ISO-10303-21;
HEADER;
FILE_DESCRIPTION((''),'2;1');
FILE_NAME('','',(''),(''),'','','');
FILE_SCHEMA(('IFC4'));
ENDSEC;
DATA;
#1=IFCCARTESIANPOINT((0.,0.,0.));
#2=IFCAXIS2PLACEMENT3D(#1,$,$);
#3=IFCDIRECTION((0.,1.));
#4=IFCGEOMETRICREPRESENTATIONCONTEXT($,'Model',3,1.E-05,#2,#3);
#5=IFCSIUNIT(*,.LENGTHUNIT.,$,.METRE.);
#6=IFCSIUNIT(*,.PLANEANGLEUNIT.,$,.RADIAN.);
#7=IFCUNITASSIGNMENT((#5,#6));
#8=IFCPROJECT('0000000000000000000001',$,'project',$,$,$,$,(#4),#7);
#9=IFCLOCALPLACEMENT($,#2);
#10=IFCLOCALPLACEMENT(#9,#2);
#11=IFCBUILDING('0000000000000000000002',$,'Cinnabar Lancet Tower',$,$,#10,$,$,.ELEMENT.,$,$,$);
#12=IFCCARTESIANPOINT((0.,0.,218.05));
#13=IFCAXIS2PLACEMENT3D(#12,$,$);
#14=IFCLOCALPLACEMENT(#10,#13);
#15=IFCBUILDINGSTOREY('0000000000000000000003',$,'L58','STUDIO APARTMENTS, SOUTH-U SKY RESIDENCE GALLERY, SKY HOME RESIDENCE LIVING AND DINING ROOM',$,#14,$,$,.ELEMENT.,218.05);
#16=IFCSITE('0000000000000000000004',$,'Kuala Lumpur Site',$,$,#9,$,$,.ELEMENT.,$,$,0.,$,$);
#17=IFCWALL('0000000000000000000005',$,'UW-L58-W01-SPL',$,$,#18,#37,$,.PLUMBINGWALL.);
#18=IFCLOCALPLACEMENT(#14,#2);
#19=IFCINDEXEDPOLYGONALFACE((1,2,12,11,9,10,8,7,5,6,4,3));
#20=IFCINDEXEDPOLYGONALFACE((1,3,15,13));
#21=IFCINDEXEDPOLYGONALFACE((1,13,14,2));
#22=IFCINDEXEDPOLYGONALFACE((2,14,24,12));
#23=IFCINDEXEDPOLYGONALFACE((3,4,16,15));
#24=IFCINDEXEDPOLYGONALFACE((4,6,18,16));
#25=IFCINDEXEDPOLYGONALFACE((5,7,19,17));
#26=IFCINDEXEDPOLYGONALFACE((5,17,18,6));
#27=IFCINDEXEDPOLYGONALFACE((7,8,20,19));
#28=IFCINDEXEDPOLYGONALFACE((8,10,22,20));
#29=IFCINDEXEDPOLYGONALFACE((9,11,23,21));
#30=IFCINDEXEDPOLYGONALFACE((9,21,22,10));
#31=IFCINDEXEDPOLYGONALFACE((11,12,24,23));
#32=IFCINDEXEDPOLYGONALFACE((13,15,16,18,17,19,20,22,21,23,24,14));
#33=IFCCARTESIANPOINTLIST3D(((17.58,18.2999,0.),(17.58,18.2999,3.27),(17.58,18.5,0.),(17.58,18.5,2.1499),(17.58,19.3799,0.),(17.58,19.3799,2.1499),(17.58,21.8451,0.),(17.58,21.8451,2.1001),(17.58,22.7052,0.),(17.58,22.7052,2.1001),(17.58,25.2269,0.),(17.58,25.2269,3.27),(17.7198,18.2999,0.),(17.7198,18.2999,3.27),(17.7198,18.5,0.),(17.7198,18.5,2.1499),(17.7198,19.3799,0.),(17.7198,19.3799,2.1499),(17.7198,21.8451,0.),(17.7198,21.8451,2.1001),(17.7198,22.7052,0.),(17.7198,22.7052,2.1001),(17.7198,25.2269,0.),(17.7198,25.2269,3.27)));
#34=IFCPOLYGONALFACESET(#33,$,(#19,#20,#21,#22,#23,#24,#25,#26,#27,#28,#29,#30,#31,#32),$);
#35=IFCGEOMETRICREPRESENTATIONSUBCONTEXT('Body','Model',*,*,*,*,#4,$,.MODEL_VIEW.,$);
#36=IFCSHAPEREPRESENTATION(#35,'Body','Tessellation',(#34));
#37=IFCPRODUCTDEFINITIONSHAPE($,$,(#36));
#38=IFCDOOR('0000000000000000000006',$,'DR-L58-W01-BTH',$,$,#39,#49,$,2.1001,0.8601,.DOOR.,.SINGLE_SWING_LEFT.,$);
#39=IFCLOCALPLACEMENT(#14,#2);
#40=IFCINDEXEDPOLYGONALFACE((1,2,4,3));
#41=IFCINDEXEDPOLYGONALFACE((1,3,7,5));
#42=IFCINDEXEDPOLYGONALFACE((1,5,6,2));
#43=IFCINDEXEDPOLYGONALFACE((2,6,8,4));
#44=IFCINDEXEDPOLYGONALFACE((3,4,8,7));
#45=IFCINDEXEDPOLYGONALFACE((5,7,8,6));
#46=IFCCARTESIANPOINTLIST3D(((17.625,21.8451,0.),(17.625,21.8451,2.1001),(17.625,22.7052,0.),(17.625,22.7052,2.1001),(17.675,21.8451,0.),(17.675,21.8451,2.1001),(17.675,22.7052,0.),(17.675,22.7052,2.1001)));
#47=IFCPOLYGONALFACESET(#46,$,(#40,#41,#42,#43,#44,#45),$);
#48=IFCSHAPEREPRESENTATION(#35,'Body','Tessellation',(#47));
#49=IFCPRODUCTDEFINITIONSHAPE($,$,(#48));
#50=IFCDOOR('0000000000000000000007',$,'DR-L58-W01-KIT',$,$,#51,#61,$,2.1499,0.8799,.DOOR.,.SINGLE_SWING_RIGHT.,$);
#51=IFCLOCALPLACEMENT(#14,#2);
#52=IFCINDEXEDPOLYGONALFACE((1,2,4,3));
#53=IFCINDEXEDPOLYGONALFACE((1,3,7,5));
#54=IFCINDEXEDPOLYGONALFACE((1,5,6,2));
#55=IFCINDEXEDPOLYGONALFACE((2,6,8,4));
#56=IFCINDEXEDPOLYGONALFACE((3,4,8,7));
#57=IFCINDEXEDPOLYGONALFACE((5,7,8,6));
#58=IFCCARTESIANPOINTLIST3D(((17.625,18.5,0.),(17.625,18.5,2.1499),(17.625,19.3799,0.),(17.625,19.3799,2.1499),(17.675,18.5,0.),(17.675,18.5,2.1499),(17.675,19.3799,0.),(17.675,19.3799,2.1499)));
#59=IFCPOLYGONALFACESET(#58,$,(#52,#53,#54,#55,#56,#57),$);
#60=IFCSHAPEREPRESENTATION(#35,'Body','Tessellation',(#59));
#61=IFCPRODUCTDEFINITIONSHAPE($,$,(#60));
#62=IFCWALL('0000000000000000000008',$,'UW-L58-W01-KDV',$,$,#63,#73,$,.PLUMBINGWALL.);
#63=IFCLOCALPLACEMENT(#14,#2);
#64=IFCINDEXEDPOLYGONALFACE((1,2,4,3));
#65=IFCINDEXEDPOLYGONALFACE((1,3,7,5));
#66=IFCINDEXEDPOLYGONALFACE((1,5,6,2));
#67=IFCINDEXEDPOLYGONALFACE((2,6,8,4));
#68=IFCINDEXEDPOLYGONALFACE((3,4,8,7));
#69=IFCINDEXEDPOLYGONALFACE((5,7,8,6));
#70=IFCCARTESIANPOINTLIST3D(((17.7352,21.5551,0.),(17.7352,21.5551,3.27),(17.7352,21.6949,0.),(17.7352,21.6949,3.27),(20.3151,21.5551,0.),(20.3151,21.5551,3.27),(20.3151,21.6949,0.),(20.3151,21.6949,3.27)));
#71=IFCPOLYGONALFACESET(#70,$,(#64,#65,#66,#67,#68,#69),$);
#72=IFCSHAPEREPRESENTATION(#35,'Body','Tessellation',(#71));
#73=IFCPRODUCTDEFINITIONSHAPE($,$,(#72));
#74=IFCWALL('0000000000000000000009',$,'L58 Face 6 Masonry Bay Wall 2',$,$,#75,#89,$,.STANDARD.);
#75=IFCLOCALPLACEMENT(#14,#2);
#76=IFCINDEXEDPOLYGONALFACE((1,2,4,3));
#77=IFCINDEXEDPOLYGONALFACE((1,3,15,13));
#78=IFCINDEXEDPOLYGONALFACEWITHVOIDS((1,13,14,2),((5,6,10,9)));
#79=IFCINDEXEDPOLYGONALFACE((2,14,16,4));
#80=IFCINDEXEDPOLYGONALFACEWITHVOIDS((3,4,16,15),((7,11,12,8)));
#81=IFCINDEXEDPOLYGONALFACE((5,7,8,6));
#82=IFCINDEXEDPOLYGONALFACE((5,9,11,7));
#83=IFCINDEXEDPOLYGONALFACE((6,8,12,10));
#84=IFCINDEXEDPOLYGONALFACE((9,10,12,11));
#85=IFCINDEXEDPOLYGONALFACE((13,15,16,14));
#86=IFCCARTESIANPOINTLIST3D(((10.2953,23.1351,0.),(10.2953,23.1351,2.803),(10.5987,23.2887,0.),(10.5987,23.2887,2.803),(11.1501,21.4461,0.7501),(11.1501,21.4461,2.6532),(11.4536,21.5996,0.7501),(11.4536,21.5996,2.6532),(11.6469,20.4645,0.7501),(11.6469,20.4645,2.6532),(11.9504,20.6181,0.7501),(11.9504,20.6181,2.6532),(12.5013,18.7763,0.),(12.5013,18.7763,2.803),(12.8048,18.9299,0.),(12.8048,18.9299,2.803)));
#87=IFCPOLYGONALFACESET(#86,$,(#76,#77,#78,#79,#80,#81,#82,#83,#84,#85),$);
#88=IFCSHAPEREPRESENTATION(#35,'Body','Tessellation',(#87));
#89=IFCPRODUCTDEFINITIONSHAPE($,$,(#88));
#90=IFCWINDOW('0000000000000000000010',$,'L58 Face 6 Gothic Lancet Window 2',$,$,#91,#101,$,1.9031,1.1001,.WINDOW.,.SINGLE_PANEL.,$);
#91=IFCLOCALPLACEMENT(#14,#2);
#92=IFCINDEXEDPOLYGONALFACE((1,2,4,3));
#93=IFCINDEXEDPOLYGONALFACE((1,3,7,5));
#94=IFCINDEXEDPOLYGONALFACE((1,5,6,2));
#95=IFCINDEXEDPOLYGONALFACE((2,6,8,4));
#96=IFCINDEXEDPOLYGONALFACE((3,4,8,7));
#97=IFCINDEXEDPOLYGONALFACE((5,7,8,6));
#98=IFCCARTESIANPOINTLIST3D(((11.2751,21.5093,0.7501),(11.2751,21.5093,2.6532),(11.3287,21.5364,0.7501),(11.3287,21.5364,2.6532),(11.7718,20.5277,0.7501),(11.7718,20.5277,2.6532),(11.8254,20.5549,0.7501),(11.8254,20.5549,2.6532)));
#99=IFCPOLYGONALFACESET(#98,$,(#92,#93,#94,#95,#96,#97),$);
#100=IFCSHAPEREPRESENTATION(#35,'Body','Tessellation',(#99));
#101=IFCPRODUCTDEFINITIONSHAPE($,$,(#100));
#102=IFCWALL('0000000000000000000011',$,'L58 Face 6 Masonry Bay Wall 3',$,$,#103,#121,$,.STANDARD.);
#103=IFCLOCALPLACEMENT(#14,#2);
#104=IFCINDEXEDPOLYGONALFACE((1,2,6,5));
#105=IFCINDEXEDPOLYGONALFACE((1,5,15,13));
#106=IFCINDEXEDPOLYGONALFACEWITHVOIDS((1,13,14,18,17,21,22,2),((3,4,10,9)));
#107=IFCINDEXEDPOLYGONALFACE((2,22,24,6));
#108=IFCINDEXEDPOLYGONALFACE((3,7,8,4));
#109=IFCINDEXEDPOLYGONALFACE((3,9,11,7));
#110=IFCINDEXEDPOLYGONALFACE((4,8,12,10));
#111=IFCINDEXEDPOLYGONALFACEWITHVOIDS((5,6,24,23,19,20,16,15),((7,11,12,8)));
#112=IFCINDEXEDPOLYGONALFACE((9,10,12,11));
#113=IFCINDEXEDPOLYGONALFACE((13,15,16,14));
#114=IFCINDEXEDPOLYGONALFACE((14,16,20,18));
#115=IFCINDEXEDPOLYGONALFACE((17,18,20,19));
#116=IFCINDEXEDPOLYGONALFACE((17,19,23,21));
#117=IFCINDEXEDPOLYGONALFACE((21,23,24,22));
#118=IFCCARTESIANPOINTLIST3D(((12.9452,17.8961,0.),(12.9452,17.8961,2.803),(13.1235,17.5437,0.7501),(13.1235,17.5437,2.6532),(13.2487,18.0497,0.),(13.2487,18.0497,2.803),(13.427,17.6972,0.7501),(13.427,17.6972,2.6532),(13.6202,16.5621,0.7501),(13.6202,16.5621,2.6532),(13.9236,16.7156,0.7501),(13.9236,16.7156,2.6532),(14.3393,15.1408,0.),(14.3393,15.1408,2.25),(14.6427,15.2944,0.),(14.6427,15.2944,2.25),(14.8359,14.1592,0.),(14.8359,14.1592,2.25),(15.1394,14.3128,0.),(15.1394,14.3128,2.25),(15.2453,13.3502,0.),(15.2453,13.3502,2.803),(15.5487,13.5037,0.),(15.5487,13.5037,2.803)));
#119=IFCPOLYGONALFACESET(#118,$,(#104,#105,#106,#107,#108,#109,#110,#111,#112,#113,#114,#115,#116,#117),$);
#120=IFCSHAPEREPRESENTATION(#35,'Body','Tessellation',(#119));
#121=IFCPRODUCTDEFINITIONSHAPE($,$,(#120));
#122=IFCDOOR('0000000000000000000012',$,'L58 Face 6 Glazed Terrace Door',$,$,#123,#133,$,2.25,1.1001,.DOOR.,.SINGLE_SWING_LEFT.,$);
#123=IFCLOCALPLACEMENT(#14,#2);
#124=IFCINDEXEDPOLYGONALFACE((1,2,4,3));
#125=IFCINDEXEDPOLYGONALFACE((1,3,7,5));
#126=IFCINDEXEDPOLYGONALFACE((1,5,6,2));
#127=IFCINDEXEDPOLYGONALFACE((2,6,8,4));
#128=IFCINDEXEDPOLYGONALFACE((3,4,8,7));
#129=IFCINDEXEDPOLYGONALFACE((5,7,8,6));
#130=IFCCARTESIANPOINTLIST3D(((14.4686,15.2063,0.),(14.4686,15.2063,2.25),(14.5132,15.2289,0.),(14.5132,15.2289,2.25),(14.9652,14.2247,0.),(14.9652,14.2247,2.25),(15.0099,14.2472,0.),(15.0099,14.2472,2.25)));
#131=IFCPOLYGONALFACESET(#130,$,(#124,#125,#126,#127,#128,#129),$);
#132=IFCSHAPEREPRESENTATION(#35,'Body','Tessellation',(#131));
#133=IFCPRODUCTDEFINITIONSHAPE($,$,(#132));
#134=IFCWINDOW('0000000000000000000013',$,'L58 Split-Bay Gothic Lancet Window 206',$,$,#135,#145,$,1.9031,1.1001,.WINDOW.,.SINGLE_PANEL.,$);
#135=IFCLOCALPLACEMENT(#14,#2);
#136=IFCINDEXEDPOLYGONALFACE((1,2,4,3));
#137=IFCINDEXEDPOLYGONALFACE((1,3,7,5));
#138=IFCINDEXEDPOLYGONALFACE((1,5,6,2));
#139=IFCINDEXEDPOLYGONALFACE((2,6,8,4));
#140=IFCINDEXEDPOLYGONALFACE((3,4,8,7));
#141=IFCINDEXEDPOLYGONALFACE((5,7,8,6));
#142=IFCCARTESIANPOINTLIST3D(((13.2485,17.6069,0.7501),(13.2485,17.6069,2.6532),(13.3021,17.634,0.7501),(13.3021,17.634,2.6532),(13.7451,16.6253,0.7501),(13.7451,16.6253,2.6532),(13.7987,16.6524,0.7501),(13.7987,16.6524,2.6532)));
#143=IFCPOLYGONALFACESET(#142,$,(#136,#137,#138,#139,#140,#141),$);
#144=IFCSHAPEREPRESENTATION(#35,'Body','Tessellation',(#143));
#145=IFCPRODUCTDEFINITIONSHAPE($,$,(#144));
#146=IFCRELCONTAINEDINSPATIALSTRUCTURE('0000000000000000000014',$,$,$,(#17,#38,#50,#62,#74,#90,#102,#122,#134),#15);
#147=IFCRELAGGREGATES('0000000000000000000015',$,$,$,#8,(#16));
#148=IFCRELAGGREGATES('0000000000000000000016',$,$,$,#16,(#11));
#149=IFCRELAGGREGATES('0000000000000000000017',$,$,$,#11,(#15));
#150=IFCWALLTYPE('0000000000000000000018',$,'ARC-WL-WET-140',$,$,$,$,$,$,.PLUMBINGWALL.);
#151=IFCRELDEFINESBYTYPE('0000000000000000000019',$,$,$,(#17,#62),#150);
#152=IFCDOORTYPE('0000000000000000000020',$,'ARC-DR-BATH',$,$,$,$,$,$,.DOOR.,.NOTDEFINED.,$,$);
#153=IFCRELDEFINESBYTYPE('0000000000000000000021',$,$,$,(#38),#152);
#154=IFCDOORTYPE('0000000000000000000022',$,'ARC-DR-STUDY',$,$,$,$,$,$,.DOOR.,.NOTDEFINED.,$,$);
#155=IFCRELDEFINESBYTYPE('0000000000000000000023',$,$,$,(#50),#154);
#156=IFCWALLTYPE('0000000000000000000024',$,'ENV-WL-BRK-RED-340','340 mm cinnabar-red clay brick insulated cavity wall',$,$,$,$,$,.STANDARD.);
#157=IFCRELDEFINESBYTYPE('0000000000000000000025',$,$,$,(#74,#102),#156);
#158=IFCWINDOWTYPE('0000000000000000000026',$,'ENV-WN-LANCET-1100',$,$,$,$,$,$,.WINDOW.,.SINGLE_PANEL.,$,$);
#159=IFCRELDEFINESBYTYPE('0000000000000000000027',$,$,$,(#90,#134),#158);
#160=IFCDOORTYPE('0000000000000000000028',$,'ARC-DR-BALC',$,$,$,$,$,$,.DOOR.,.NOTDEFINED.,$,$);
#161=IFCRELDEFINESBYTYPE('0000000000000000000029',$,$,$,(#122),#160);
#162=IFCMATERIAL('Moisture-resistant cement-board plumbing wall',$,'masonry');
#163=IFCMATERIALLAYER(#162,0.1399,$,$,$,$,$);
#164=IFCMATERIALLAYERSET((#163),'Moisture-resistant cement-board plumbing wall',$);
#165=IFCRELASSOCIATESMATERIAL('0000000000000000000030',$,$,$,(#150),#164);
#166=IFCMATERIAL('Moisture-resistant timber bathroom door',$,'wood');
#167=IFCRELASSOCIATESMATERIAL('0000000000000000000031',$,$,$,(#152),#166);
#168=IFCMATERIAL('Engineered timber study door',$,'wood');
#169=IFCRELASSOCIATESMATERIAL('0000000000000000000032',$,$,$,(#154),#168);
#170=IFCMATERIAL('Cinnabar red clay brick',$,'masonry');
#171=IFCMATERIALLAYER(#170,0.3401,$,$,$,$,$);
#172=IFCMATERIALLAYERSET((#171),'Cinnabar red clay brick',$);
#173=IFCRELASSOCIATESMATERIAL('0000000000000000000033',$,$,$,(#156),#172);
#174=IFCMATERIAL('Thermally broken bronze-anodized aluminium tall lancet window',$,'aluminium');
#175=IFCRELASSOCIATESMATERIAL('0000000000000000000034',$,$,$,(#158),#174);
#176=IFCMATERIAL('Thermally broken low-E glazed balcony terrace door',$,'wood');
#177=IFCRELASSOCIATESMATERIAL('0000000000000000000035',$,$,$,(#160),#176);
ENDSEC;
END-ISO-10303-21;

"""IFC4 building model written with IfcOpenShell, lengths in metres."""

from ifc_helpers import new_model, si_unit, direction, frame, frame_2d, origin, place, context, subcontext, project, spatial, rectangle, extrude, material, layer, layer_set, type_object, element, fill, save


model = new_model("IFC4")

# Units and contexts
model_context = context("Model", 3, precision=1e-05, world=origin(), true_north=direction((0.0, 1.0)))
body_context = subcontext(model_context, "Body", "Model", "MODEL_VIEW")
ifc_project = project(units=[si_unit("LENGTHUNIT", "METRE"), si_unit("PLANEANGLEUNIT", "RADIAN")], contexts=[model_context])

# Site, building, storey
site_placement = place(None, origin())
site = spatial("IfcSite", under=ifc_project, at=site_placement, Name="Kuala Lumpur Site", CompositionType="ELEMENT", RefElevation=0.0)
building_placement = place(site_placement, origin())
building = spatial("IfcBuilding", under=site, at=building_placement, Name="Cinnabar Lancet Tower", CompositionType="ELEMENT")
storey_placement = place(building_placement, frame((0.0, 0.0, 218.05)))
storey = spatial("IfcBuildingStorey", under=building, at=storey_placement, Name="L58", Description="STUDIO APARTMENTS, SOUTH-U SKY RESIDENCE GALLERY, SKY HOME RESIDENCE LIVING AND DINING ROOM", CompositionType="ELEMENT", Elevation=218.05)

# Wall, openings, doors
ifc_material_1 = material(Name="Moisture-resistant cement-board plumbing wall", Category="masonry")
ifc_layer_1 = layer(ifc_material_1, 0.1399)
ifc_layer_set_1 = layer_set([ifc_layer_1], Name="Moisture-resistant cement-board plumbing wall")
wall_type_1 = type_object("IfcWallType", Name="ARC-WL-WET-140", PredefinedType="PLUMBINGWALL", material=ifc_layer_set_1)
wall_1_placement = place(storey_placement, frame((17.6499, 18.3, 0.0), z_axis=(0.0, 0.0, 1.0), x_axis=(0.0, 1.0, 0.0)))
wall_1 = element("IfcWall", 1, at=wall_1_placement, inside=storey, type_object=wall_type_1, Name="UW-L58-W01-SPL", PredefinedType="PLUMBINGWALL", context=body_context, shape_type="SweptSolid", body=[
    extrude(rectangle(XDim=6.927, YDim=0.1399, at=frame_2d((3.4634, 0.0))), origin(), (0.0, 0.0, 1.0), 3.27),
])
opening_1_placement = place(wall_1_placement, frame((3.5449, 0.0, 0.0)))
opening_1 = element("IfcOpeningElement", 2, at=opening_1_placement, cuts=wall_1, PredefinedType="OPENING", context=body_context, shape_type="SweptSolid", body=[
    extrude(rectangle(XDim=0.8601, YDim=2.1001, at=frame_2d((0.4302, 1.05))), frame((0.0, 0.0798, 0.0), z_axis=(0.0, -1.0, 0.0), x_axis=(1.0, 0.0, 0.0)), (0.0, 0.0, 1.0), 0.1599),
])
opening_2_placement = place(wall_1_placement, frame((0.2, 0.0, 0.0)))
opening_2 = element("IfcOpeningElement", 3, at=opening_2_placement, cuts=wall_1, PredefinedType="OPENING", context=body_context, shape_type="SweptSolid", body=[
    extrude(rectangle(XDim=0.8799, YDim=2.1499, at=frame_2d((0.4399, 1.075))), frame((0.0, 0.0798, 0.0), z_axis=(0.0, -1.0, 0.0), x_axis=(1.0, 0.0, 0.0)), (0.0, 0.0, 1.0), 0.1599),
])
ifc_material_2 = material(Name="Moisture-resistant timber bathroom door", Category="wood")
door_type_1 = type_object("IfcDoorType", Name="ARC-DR-BATH", OperationType="NOTDEFINED", PredefinedType="DOOR", material=ifc_material_2)
door_1_placement = place(opening_1_placement, origin())
door_1 = element("IfcDoor", 4, at=door_1_placement, inside=storey, type_object=door_type_1, Name="DR-L58-W01-BTH", OperationType="SINGLE_SWING_LEFT", OverallHeight=2.1001, OverallWidth=0.8601, PredefinedType="DOOR", context=body_context, shape_type="SweptSolid", body=[
    extrude(rectangle(XDim=0.8601, YDim=2.1001, at=frame_2d((0.4302, 1.05))), frame((0.0, 0.0249, 0.0), z_axis=(0.0, -1.0, 0.0), x_axis=(1.0, 0.0, 0.0)), (0.0, 0.0, 1.0), 0.05),
])
fill(opening_1, door_1)
ifc_material_3 = material(Name="Engineered timber study door", Category="wood")
door_type_2 = type_object("IfcDoorType", Name="ARC-DR-STUDY", OperationType="NOTDEFINED", PredefinedType="DOOR", material=ifc_material_3)
door_2_placement = place(opening_2_placement, origin())
door_2 = element("IfcDoor", 5, at=door_2_placement, inside=storey, type_object=door_type_2, Name="DR-L58-W01-KIT", OperationType="SINGLE_SWING_RIGHT", OverallHeight=2.1499, OverallWidth=0.8799, PredefinedType="DOOR", context=body_context, shape_type="SweptSolid", body=[
    extrude(rectangle(XDim=0.8799, YDim=2.1499, at=frame_2d((0.4399, 1.075))), frame((0.0, 0.0249, 0.0), z_axis=(0.0, -1.0, 0.0), x_axis=(1.0, 0.0, 0.0)), (0.0, 0.0, 1.0), 0.05),
])
fill(opening_2, door_2)

# Wall
wall_2_placement = place(storey_placement, frame((17.7351, 21.625, 0.0), z_axis=(0.0, 0.0, 1.0), x_axis=(1.0, 0.0, 0.0)))
element("IfcWall", 6, at=wall_2_placement, inside=storey, type_object=wall_type_1, Name="UW-L58-W01-KDV", PredefinedType="PLUMBINGWALL", context=body_context, shape_type="SweptSolid", body=[
    extrude(rectangle(XDim=2.5798, YDim=0.1399, at=frame_2d((1.29, 0.0))), origin(), (0.0, 0.0, 1.0), 3.27),
])

# Wall, opening, window
ifc_material_4 = material(Name="Cinnabar red clay brick", Category="masonry")
ifc_layer_2 = layer(ifc_material_4, 0.3401)
ifc_layer_set_2 = layer_set([ifc_layer_2], Name="Cinnabar red clay brick")
wall_type_2 = type_object("IfcWallType", Name="ENV-WL-BRK-RED-340", Description="340 mm cinnabar-red clay brick insulated cavity wall", PredefinedType="STANDARD", material=ifc_layer_set_2)
wall_3_placement = place(storey_placement, frame((10.447, 23.2119, 0.0), z_axis=(0.0, 0.0, 1.0), x_axis=(0.451566, -0.892238, 0.0)))
wall_3 = element("IfcWall", 7, at=wall_3_placement, inside=storey, type_object=wall_type_2, Name="L58 Face 6 Masonry Bay Wall 2", PredefinedType="STANDARD", context=body_context, shape_type="SweptSolid", body=[
    extrude(rectangle(XDim=4.8853, YDim=0.3401, at=frame_2d((2.4426, 0.0))), origin(), (0.0, 0.0, 1.0), 2.803),
])
opening_3_placement = place(wall_3_placement, frame((1.8931, 0.0, 0.75)))
opening_3 = element("IfcOpeningElement", 8, at=opening_3_placement, cuts=wall_3, PredefinedType="OPENING", context=body_context, shape_type="SweptSolid", body=[
    extrude(rectangle(XDim=1.1001, YDim=1.9031, at=frame_2d((0.55, 0.9517))), frame((0.0, 0.1799, 0.0), z_axis=(0.0, -1.0, 0.0), x_axis=(1.0, 0.0, 0.0)), (0.0, 0.0, 1.0), 0.3601),
])
ifc_material_5 = material(Name="Thermally broken bronze-anodized aluminium tall lancet window", Category="aluminium")
window_type = type_object("IfcWindowType", Name="ENV-WN-LANCET-1100", PartitioningType="SINGLE_PANEL", PredefinedType="WINDOW", material=ifc_material_5)
window_1_placement = place(opening_3_placement, origin())
window_1 = element("IfcWindow", 9, at=window_1_placement, inside=storey, type_object=window_type, Name="L58 Face 6 Gothic Lancet Window 2", OverallHeight=1.9031, OverallWidth=1.1001, PartitioningType="SINGLE_PANEL", PredefinedType="WINDOW", context=body_context, shape_type="SweptSolid", body=[
    extrude(rectangle(XDim=1.1001, YDim=1.9031, at=frame_2d((0.55, 0.9517))), frame((0.0, 0.03, 0.0), z_axis=(0.0, -1.0, 0.0), x_axis=(1.0, 0.0, 0.0)), (0.0, 0.0, 1.0), 0.0601),
])
fill(opening_3, window_1)

# Wall, openings, door, window
wall_4_placement = place(storey_placement, frame((13.0969, 17.9729, 0.0), z_axis=(0.0, 0.0, 1.0), x_axis=(0.451464, -0.892289, 0.0)))
wall_4 = element("IfcWall", 10, at=wall_4_placement, inside=storey, type_object=wall_type_2, Name="L58 Face 6 Masonry Bay Wall 3", PredefinedType="STANDARD", context=body_context, shape_type="SweptSolid", body=[
    extrude(rectangle(XDim=5.0947, YDim=0.3401, at=frame_2d((2.5474, 0.0))), origin(), (0.0, 0.0, 1.0), 2.803),
])
opening_4_placement = place(wall_4_placement, frame((3.0879, 0.0, 0.0)))
opening_4 = element("IfcOpeningElement", 11, at=opening_4_placement, cuts=wall_4, PredefinedType="OPENING", context=body_context, shape_type="SweptSolid", body=[
    extrude(rectangle(XDim=1.1001, YDim=2.25, at=frame_2d((0.55, 1.125))), frame((0.0, 0.1799, 0.0), z_axis=(0.0, -1.0, 0.0), x_axis=(1.0, 0.0, 0.0)), (0.0, 0.0, 1.0), 0.3601),
])
opening_5_placement = place(wall_4_placement, frame((0.395, 0.0, 0.75)))
opening_5 = element("IfcOpeningElement", 12, at=opening_5_placement, cuts=wall_4, PredefinedType="OPENING", context=body_context, shape_type="SweptSolid", body=[
    extrude(rectangle(XDim=1.1001, YDim=1.9031, at=frame_2d((0.55, 0.9517))), frame((0.0, 0.1799, 0.0), z_axis=(0.0, -1.0, 0.0), x_axis=(1.0, 0.0, 0.0)), (0.0, 0.0, 1.0), 0.3601),
])
ifc_material_6 = material(Name="Thermally broken low-E glazed balcony terrace door", Category="wood")
door_type_3 = type_object("IfcDoorType", Name="ARC-DR-BALC", OperationType="NOTDEFINED", PredefinedType="DOOR", material=ifc_material_6)
door_3_placement = place(opening_4_placement, origin())
door_3 = element("IfcDoor", 13, at=door_3_placement, inside=storey, type_object=door_type_3, Name="L58 Face 6 Glazed Terrace Door", OperationType="SINGLE_SWING_LEFT", OverallHeight=2.25, OverallWidth=1.1001, PredefinedType="DOOR", context=body_context, shape_type="SweptSolid", body=[
    extrude(rectangle(XDim=1.1001, YDim=2.25, at=frame_2d((0.55, 1.125))), frame((0.0, 0.0249, 0.0), z_axis=(0.0, -1.0, 0.0), x_axis=(1.0, 0.0, 0.0)), (0.0, 0.0, 1.0), 0.05),
])
fill(opening_4, door_3)
window_2_placement = place(opening_5_placement, origin())
window_2 = element("IfcWindow", 14, at=window_2_placement, inside=storey, type_object=window_type, Name="L58 Split-Bay Gothic Lancet Window 206", OverallHeight=1.9031, OverallWidth=1.1001, PartitioningType="SINGLE_PANEL", PredefinedType="WINDOW", context=body_context, shape_type="SweptSolid", body=[
    extrude(rectangle(XDim=1.1001, YDim=1.9031, at=frame_2d((0.55, 0.9517))), frame((0.0, 0.03, 0.0), z_axis=(0.0, -1.0, 0.0), x_axis=(1.0, 0.0, 0.0)), (0.0, 0.0, 1.0), 0.0601),
])
fill(opening_5, window_2)

save(model, "model.ifc")
